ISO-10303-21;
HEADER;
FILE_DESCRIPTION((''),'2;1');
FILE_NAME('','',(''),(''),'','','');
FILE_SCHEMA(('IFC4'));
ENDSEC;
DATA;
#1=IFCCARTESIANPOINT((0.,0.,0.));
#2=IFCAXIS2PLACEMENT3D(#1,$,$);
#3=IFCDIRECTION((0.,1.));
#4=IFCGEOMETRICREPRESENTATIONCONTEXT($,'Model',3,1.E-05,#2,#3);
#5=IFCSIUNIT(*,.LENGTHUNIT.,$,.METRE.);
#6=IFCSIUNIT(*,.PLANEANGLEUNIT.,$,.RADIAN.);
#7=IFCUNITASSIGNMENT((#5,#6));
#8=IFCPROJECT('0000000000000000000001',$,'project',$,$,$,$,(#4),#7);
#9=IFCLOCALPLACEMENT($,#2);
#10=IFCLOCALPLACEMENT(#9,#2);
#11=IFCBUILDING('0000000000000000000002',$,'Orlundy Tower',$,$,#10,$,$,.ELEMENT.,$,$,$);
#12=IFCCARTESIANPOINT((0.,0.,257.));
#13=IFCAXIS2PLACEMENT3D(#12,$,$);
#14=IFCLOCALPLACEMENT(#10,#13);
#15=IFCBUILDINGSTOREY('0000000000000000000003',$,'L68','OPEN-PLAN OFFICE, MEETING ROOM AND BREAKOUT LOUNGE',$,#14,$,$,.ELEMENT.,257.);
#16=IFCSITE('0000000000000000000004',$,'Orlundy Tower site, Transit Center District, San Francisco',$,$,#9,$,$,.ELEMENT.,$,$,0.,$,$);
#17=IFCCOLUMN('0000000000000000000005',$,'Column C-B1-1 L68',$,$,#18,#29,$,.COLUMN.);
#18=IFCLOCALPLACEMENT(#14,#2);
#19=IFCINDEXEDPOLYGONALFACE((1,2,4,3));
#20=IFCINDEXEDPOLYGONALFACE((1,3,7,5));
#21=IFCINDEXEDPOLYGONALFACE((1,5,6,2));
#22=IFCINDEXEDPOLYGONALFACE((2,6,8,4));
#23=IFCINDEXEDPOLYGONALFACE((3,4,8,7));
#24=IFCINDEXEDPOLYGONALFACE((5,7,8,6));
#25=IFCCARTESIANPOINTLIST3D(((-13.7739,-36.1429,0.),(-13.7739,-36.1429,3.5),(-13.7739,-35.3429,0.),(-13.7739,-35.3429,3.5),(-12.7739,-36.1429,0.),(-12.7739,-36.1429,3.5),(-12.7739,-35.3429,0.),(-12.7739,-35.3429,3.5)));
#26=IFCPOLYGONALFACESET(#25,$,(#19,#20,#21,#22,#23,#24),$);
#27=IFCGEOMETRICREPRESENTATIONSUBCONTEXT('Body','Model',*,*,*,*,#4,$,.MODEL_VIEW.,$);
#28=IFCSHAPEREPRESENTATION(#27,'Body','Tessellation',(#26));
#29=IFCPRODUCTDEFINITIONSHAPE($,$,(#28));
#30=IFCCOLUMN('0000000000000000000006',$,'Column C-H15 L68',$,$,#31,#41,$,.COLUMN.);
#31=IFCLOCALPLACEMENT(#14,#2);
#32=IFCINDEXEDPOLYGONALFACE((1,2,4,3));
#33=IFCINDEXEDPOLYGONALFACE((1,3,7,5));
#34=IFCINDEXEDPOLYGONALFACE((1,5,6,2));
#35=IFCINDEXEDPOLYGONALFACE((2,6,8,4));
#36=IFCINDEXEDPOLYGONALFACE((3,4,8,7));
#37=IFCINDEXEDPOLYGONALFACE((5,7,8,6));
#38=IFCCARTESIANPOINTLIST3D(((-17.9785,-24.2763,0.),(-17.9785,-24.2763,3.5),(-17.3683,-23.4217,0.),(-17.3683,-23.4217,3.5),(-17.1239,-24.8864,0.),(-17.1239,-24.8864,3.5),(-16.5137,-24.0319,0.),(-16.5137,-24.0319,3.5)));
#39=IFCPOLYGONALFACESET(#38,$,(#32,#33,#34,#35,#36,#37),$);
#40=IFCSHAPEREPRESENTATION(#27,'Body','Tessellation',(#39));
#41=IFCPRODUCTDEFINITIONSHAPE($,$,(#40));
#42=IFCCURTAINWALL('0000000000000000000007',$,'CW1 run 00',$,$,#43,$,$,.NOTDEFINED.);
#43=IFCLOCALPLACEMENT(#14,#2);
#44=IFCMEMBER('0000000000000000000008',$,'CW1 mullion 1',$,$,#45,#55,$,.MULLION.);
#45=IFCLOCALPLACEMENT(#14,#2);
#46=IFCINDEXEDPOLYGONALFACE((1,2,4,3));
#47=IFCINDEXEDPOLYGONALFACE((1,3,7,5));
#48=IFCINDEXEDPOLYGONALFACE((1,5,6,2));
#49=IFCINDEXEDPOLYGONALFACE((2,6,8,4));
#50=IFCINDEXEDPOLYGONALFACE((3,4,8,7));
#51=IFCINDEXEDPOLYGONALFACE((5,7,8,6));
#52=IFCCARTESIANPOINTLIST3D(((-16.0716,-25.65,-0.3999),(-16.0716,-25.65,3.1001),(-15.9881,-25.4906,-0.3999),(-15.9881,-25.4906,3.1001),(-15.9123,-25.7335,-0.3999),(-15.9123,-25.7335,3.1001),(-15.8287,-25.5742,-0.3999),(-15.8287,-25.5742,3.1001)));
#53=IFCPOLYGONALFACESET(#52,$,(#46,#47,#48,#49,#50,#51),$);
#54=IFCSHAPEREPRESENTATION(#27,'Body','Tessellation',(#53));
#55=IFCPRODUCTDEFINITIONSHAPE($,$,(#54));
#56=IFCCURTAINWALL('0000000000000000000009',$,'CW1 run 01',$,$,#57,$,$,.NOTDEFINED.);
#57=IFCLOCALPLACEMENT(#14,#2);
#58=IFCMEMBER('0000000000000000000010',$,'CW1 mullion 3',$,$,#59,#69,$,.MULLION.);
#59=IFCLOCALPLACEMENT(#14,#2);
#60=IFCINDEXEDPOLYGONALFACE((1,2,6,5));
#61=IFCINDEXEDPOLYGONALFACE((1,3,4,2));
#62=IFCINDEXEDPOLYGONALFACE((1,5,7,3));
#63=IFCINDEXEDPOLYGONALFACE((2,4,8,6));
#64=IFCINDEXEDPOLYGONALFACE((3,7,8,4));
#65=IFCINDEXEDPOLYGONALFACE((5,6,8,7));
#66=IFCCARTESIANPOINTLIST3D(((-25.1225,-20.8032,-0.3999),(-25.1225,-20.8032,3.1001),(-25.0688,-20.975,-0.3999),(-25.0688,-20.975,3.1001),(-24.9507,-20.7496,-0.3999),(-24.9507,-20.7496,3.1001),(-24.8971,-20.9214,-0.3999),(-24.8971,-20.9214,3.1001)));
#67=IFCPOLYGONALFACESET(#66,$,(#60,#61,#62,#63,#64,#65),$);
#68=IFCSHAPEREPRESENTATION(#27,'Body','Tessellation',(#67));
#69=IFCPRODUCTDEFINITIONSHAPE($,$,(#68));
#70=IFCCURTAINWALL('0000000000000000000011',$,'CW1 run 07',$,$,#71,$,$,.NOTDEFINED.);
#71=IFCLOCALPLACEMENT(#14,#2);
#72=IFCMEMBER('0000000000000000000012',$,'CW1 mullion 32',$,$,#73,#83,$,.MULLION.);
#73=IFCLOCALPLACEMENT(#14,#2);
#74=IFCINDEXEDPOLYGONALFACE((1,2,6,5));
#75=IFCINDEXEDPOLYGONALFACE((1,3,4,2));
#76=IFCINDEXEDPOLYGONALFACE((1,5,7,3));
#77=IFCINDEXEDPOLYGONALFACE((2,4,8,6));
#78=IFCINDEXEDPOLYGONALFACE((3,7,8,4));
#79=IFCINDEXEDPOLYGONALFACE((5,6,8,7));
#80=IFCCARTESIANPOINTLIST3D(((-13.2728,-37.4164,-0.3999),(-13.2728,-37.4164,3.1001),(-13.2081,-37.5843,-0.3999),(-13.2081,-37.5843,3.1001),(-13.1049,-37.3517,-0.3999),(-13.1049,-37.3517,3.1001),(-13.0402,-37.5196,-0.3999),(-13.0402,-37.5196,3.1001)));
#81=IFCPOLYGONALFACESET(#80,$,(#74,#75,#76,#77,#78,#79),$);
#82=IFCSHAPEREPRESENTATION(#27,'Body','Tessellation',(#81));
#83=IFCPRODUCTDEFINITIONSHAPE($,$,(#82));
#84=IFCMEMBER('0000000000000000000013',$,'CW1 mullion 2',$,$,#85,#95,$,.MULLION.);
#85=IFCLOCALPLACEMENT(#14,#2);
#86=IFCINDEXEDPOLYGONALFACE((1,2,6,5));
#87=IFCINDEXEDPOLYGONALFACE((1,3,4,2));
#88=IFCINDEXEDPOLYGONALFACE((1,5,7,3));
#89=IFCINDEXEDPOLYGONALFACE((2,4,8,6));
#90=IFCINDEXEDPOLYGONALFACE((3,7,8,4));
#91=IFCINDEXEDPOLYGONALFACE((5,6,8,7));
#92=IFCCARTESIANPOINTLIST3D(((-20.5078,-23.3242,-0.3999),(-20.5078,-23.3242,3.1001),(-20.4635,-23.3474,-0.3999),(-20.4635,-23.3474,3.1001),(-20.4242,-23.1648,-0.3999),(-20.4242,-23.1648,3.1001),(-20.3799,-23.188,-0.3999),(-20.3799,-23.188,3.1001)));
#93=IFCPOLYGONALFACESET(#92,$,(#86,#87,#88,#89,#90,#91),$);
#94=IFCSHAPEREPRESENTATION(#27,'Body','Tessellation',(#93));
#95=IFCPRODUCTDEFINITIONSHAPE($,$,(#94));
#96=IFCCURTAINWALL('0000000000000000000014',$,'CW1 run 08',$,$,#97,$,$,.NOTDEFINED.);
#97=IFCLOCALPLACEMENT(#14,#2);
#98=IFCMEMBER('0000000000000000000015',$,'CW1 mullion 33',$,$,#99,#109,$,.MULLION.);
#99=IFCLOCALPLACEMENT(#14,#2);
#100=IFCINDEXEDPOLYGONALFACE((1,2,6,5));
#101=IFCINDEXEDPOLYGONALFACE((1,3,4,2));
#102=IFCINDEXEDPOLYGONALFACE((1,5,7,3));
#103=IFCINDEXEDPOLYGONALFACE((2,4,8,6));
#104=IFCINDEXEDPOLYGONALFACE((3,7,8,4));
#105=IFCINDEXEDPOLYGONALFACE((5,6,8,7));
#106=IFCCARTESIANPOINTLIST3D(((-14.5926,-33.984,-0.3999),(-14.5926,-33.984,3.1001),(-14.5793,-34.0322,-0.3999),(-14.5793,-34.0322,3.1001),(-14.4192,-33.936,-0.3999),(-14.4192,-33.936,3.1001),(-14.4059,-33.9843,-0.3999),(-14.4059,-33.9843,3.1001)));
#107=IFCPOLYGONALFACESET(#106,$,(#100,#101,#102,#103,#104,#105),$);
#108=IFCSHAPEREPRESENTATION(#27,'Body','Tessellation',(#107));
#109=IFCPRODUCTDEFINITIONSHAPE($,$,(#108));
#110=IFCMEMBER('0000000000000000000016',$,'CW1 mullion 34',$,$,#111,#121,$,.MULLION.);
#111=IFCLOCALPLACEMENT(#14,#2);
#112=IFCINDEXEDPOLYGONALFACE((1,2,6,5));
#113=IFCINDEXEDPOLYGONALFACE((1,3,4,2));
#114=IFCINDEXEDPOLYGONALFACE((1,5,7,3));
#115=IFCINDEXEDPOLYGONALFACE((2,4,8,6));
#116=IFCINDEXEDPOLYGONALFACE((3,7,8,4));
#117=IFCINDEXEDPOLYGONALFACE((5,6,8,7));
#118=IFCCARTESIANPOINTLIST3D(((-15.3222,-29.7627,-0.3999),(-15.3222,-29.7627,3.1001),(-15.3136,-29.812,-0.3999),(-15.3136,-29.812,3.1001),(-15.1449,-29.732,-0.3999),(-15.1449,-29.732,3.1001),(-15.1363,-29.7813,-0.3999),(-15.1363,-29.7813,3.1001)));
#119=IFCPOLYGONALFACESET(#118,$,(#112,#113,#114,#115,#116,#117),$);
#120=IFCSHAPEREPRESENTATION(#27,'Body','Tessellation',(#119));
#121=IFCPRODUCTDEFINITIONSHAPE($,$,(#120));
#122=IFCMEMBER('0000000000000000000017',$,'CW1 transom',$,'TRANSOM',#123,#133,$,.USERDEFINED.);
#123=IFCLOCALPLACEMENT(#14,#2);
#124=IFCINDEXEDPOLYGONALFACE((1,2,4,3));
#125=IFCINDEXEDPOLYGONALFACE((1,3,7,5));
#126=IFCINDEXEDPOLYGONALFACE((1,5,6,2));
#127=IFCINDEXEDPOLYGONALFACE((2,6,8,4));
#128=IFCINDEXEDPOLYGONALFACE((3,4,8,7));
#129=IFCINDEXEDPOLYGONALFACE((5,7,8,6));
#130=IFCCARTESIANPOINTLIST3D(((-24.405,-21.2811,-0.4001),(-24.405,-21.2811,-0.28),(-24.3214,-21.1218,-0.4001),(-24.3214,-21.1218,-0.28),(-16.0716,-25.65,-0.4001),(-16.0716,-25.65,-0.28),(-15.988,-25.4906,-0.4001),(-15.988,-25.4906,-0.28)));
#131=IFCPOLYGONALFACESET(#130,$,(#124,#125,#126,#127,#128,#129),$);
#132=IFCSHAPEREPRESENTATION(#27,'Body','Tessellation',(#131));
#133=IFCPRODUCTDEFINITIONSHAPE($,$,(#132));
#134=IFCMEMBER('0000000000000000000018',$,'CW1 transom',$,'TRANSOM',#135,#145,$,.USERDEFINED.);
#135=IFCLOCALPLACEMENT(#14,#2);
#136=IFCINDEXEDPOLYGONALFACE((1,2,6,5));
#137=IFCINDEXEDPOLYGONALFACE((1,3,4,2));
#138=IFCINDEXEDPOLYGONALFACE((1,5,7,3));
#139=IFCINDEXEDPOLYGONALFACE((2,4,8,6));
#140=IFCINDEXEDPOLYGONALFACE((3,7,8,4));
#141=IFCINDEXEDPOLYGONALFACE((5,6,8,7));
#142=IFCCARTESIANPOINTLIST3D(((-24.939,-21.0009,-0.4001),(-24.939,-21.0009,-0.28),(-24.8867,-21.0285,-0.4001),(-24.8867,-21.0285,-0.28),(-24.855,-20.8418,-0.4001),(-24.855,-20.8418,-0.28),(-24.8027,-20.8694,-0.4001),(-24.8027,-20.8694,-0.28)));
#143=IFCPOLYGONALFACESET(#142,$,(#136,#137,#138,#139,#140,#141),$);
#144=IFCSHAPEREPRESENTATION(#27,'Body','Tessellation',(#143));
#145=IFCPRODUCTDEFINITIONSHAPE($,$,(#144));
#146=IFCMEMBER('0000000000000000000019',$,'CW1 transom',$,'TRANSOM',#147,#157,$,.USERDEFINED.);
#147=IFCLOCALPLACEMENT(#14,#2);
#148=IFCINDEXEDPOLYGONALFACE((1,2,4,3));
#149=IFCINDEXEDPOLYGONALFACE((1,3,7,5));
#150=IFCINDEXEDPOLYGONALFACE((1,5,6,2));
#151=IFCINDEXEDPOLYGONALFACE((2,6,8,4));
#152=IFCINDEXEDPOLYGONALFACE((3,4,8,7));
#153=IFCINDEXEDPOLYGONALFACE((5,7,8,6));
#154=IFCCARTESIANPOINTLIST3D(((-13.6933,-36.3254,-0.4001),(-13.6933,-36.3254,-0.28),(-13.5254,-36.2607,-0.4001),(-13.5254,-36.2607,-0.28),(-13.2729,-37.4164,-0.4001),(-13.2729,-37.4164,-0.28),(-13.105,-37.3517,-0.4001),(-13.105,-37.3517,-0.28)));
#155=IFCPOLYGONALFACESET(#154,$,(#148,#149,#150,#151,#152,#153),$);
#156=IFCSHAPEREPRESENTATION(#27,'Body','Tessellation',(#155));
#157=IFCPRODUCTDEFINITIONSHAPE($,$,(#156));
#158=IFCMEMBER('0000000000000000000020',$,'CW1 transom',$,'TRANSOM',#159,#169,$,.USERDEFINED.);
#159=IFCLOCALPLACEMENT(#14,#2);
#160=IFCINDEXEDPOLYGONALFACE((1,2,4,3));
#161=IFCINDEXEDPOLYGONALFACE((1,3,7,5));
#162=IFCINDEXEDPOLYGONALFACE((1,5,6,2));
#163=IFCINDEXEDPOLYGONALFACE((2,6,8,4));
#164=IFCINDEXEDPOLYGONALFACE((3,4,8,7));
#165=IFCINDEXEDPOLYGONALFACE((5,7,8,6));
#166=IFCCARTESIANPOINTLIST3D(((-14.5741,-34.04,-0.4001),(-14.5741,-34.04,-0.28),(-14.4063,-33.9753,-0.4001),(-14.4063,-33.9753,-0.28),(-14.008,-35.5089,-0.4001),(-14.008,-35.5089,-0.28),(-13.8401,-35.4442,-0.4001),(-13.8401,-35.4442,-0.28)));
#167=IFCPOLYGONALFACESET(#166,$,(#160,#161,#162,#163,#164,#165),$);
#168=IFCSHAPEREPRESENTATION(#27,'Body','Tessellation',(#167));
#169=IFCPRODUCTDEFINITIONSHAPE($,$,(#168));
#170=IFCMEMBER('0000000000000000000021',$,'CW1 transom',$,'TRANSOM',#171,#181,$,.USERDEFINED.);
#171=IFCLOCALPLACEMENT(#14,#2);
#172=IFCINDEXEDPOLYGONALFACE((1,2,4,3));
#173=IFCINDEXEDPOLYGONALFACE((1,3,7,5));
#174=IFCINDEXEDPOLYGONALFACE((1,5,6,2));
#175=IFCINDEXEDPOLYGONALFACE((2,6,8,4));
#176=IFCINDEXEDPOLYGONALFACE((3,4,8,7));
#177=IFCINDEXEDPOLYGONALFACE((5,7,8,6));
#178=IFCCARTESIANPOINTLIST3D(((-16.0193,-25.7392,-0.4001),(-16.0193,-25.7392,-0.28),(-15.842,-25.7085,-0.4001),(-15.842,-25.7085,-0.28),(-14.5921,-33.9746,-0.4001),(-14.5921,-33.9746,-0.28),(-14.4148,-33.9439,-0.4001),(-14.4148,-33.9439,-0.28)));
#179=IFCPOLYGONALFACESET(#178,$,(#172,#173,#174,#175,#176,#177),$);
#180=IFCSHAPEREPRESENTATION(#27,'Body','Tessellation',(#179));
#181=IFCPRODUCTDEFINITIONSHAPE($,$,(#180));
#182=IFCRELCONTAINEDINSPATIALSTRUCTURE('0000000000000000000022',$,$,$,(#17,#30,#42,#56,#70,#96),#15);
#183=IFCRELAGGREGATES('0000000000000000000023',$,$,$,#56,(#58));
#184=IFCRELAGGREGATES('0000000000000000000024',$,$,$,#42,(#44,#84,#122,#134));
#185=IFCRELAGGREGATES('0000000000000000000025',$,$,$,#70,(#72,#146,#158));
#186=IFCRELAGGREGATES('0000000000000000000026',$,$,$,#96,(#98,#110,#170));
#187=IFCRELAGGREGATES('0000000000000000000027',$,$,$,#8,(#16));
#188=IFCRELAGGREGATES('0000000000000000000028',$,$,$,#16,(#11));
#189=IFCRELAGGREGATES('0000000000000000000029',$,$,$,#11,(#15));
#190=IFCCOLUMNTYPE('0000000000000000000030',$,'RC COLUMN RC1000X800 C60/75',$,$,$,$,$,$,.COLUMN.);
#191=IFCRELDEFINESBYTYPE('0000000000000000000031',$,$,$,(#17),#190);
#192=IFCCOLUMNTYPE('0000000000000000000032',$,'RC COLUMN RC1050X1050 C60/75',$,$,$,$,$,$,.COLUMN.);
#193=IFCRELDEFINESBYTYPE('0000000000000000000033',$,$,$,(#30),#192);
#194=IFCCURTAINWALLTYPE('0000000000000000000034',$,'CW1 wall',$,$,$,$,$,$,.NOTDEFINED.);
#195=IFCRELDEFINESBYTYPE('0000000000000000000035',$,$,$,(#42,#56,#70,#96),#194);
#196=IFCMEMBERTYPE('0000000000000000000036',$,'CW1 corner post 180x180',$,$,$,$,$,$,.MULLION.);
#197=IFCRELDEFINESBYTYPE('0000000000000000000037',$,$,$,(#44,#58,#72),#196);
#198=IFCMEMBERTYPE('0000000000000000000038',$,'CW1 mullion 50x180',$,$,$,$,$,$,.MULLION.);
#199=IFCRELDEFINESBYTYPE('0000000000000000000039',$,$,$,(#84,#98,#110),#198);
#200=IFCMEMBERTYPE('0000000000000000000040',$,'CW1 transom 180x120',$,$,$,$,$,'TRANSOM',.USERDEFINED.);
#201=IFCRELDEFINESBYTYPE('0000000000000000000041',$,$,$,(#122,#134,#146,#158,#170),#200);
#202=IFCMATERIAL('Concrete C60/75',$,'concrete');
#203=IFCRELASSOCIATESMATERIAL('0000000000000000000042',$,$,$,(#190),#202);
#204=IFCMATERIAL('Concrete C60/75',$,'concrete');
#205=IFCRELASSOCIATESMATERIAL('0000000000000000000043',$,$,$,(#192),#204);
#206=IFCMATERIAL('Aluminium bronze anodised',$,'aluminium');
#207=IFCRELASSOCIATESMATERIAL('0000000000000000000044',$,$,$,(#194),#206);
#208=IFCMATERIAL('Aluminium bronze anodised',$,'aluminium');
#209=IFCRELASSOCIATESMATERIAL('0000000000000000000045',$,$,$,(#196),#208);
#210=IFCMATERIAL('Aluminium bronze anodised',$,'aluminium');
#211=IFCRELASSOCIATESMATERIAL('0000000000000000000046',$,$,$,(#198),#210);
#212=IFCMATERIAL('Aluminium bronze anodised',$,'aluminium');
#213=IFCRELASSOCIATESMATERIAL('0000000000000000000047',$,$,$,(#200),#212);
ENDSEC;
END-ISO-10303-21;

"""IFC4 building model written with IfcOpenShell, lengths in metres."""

from ifc_helpers import new_model, si_unit, direction, frame, origin, origin_2d, place, context, subcontext, project, spatial, rectangle, extrude, material, material_profile, profile_set, type_object, element, aggregate, save


model = new_model("IFC4")

# Units and contexts
model_context = context("Model", 3, precision=1e-05, world=origin(), true_north=direction((0.0, 1.0)))
body_context = subcontext(model_context, "Body", "Model", "MODEL_VIEW")
ifc_project = project(units=[si_unit("LENGTHUNIT", "METRE"), si_unit("PLANEANGLEUNIT", "RADIAN")], contexts=[model_context])

# Site, building, storey
site_placement = place(None, origin())
site = spatial("IfcSite", under=ifc_project, at=site_placement, Name="Orlundy Tower site, Transit Center District, San Francisco", CompositionType="ELEMENT", RefElevation=0.0)
building_placement = place(site_placement, origin())
building = spatial("IfcBuilding", under=site, at=building_placement, Name="Orlundy Tower", CompositionType="ELEMENT")
storey_placement = place(building_placement, frame((0.0, 0.0, 257.0)))
storey = spatial("IfcBuildingStorey", under=building, at=storey_placement, Name="L68", Description="OPEN-PLAN OFFICE, MEETING ROOM AND BREAKOUT LOUNGE", CompositionType="ELEMENT", Elevation=257.0)

# Columns
ifc_material_1 = material(Name="Concrete C60/75", Category="concrete")
ifc_material_profile_1 = material_profile(ifc_material_1, rectangle(XDim=1.0, YDim=0.8, at=origin_2d()), Name="RC1000X800")
ifc_profile_set_1 = profile_set([ifc_material_profile_1], Name="Concrete C60/75")
column_type_1 = type_object("IfcColumnType", Name="RC COLUMN RC1000X800 C60/75", PredefinedType="COLUMN", material=ifc_profile_set_1)
column_1_placement = place(storey_placement, frame((-13.2739, -35.7429, 0.0), z_axis=(0.0, 0.0, 1.0), x_axis=(1.0, 0.0, 0.0)))
element("IfcColumn", 1, at=column_1_placement, inside=storey, type_object=column_type_1, Name="Column C-B1-1 L68", PredefinedType="COLUMN", context=body_context, shape_type="SweptSolid", body=[
    extrude(rectangle(XDim=1.0, YDim=0.8, at=origin_2d()), origin(), (0.0, 0.0, 1.0), 3.5),
])
ifc_material_2 = material(Name="Concrete C60/75", Category="concrete")
ifc_material_profile_2 = material_profile(ifc_material_2, rectangle(XDim=1.05, YDim=1.05, at=origin_2d()), Name="RC1050X1050")
ifc_profile_set_2 = profile_set([ifc_material_profile_2], Name="Concrete C60/75")
column_type_2 = type_object("IfcColumnType", Name="RC COLUMN RC1050X1050 C60/75", PredefinedType="COLUMN", material=ifc_profile_set_2)
column_2_placement = place(storey_placement, frame((-17.2461, -24.1541, 0.0), z_axis=(0.0, 0.0, 1.0), x_axis=(-0.581087, -0.813842, 0.0)))
element("IfcColumn", 2, at=column_2_placement, inside=storey, type_object=column_type_2, Name="Column C-H15 L68", PredefinedType="COLUMN", context=body_context, shape_type="SweptSolid", body=[
    extrude(rectangle(XDim=1.05, YDim=1.05, at=origin_2d()), origin(), (0.0, 0.0, 1.0), 3.5),
])

# Curtain walls, members
ifc_material_3 = material(Name="Aluminium bronze anodised", Category="aluminium")
curtain_wall_type = type_object("IfcCurtainWallType", Name="CW1 wall", PredefinedType="NOTDEFINED", material=ifc_material_3)
curtain_wall_1_placement = place(storey_placement, origin())
curtain_wall_1 = element("IfcCurtainWall", 3, at=curtain_wall_1_placement, inside=storey, type_object=curtain_wall_type, Name="CW1 run 00", PredefinedType="NOTDEFINED")
ifc_material_4 = material(Name="Aluminium bronze anodised", Category="aluminium")
ifc_material_profile_3 = material_profile(ifc_material_4, rectangle(XDim=0.1799, YDim=0.1799, at=origin_2d()), Name="CW1 corner post 180x180")
ifc_profile_set_3 = profile_set([ifc_material_profile_3], Name="Aluminium bronze anodised")
member_type_1 = type_object("IfcMemberType", Name="CW1 corner post 180x180", PredefinedType="MULLION", material=ifc_profile_set_3)
member_1_placement = place(storey_placement, frame((-15.9502, -25.6121, -0.3999), z_axis=(0.0, 0.0, 1.0), x_axis=(-0.464325, -0.885665, 0.0)))
member_1 = element("IfcMember", 4, at=member_1_placement, type_object=member_type_1, Name="CW1 mullion 1", PredefinedType="MULLION", context=body_context, shape_type="SweptSolid", body=[
    extrude(rectangle(XDim=0.1799, YDim=0.1799, at=origin_2d()), origin(), (0.0, 0.0, 1.0), 3.5),
])
curtain_wall_2_placement = place(storey_placement, origin())
curtain_wall_2 = element("IfcCurtainWall", 5, at=curtain_wall_2_placement, inside=storey, type_object=curtain_wall_type, Name="CW1 run 01", PredefinedType="NOTDEFINED")
member_2_placement = place(storey_placement, frame((-25.0098, -20.8623, -0.3999), z_axis=(0.0, 0.0, 1.0), x_axis=(-0.95458, -0.297954, 0.0)))
member_2 = element("IfcMember", 6, at=member_2_placement, type_object=member_type_1, Name="CW1 mullion 3", PredefinedType="MULLION", context=body_context, shape_type="SweptSolid", body=[
    extrude(rectangle(XDim=0.1799, YDim=0.1799, at=origin_2d()), origin(), (0.0, 0.0, 1.0), 3.5),
])
aggregate(curtain_wall_2, [member_2])
curtain_wall_3_placement = place(storey_placement, origin())
curtain_wall_3 = element("IfcCurtainWall", 7, at=curtain_wall_3_placement, inside=storey, type_object=curtain_wall_type, Name="CW1 run 07", PredefinedType="NOTDEFINED")
member_3_placement = place(storey_placement, frame((-13.1565, -37.468, -0.3999), z_axis=(0.0, 0.0, 1.0), x_axis=(-0.933109, -0.359594, 0.0)))
member_3 = element("IfcMember", 8, at=member_3_placement, type_object=member_type_1, Name="CW1 mullion 32", PredefinedType="MULLION", context=body_context, shape_type="SweptSolid", body=[
    extrude(rectangle(XDim=0.1799, YDim=0.1799, at=origin_2d()), origin(), (0.0, 0.0, 1.0), 3.5),
])

# Member
ifc_material_5 = material(Name="Aluminium bronze anodised", Category="aluminium")
ifc_material_profile_4 = material_profile(ifc_material_5, rectangle(XDim=0.1799, YDim=0.05, at=origin_2d()), Name="CW1 mullion 50x180")
ifc_profile_set_4 = profile_set([ifc_material_profile_4], Name="Aluminium bronze anodised")
member_type_2 = type_object("IfcMemberType", Name="CW1 mullion 50x180", PredefinedType="MULLION", material=ifc_profile_set_4)
member_4_placement = place(storey_placement, frame((-20.4438, -23.2561, -0.3999), z_axis=(0.0, 0.0, 1.0), x_axis=(-0.464325, -0.885665, 0.0)))
member_4 = element("IfcMember", 9, at=member_4_placement, type_object=member_type_2, Name="CW1 mullion 2", PredefinedType="MULLION", context=body_context, shape_type="SweptSolid", body=[
    extrude(rectangle(XDim=0.1799, YDim=0.05, at=origin_2d()), origin(), (0.0, 0.0, 1.0), 3.5),
])

# Curtain wall, members
curtain_wall_4_placement = place(storey_placement, origin())
curtain_wall_4 = element("IfcCurtainWall", 10, at=curtain_wall_4_placement, inside=storey, type_object=curtain_wall_type, Name="CW1 run 08", PredefinedType="NOTDEFINED")
member_5_placement = place(storey_placement, frame((-14.4993, -33.9841, -0.3999), z_axis=(0.0, 0.0, 1.0), x_axis=(-0.963846, -0.26646, 0.0)))
member_5 = element("IfcMember", 11, at=member_5_placement, type_object=member_type_2, Name="CW1 mullion 33", PredefinedType="MULLION", context=body_context, shape_type="SweptSolid", body=[
    extrude(rectangle(XDim=0.1799, YDim=0.05, at=origin_2d()), origin(), (0.0, 0.0, 1.0), 3.5),
])
member_6_placement = place(storey_placement, frame((-15.2292, -29.772, -0.3999), z_axis=(0.0, 0.0, 1.0), x_axis=(-0.985312, -0.170762, 0.0)))
member_6 = element("IfcMember", 12, at=member_6_placement, type_object=member_type_2, Name="CW1 mullion 34", PredefinedType="MULLION", context=body_context, shape_type="SweptSolid", body=[
    extrude(rectangle(XDim=0.1799, YDim=0.05, at=origin_2d()), origin(), (0.0, 0.0, 1.0), 3.5),
])

# Members
ifc_material_6 = material(Name="Aluminium bronze anodised", Category="aluminium")
ifc_material_profile_5 = material_profile(ifc_material_6, rectangle(XDim=0.1799, YDim=0.1201, at=origin_2d()), Name="CW1 transom 180x120")
ifc_profile_set_5 = profile_set([ifc_material_profile_5], Name="Aluminium bronze anodised")
member_type_3 = type_object("IfcMemberType", Name="CW1 transom 180x120", ElementType="TRANSOM", PredefinedType="USERDEFINED", material=ifc_profile_set_5)
member_7_placement = place(storey_placement, frame((-16.0298, -25.5703, -0.3401), z_axis=(-0.885668, 0.464318, 0.0), x_axis=(-0.464318, -0.885668, 0.0)))
member_7 = element("IfcMember", 13, at=member_7_placement, type_object=member_type_3, Name="CW1 transom", ObjectType="TRANSOM", PredefinedType="USERDEFINED", context=body_context, shape_type="SweptSolid", body=[
    extrude(rectangle(XDim=0.1799, YDim=0.1201, at=origin_2d()), origin(), (0.0, 0.0, 1.0), 9.4092),
])
member_8_placement = place(storey_placement, frame((-24.8447, -20.949, -0.3401), z_axis=(-0.88429, 0.466938, 0.0), x_axis=(-0.466938, -0.88429, 0.0)))
member_8 = element("IfcMember", 14, at=member_8_placement, type_object=member_type_3, Name="CW1 transom", ObjectType="TRANSOM", PredefinedType="USERDEFINED", context=body_context, shape_type="SweptSolid", body=[
    extrude(rectangle(XDim=0.1799, YDim=0.1201, at=origin_2d()), origin(), (0.0, 0.0, 1.0), 0.0591),
])
member_9_placement = place(storey_placement, frame((-13.189, -37.384, -0.3401), z_axis=(-0.359553, 0.933125, 0.0), x_axis=(-0.933125, -0.359553, 0.0)))
member_9 = element("IfcMember", 15, at=member_9_placement, type_object=member_type_3, Name="CW1 transom", ObjectType="TRANSOM", PredefinedType="USERDEFINED", context=body_context, shape_type="SweptSolid", body=[
    extrude(rectangle(XDim=0.1799, YDim=0.1201, at=origin_2d()), origin(), (0.0, 0.0, 1.0), 1.1692),
])
member_10_placement = place(storey_placement, frame((-13.9241, -35.4766, -0.3401), z_axis=(-0.359623, 0.933098, 0.0), x_axis=(-0.933098, -0.359623, 0.0)))
member_10 = element("IfcMember", 16, at=member_10_placement, type_object=member_type_3, Name="CW1 transom", ObjectType="TRANSOM", PredefinedType="USERDEFINED", context=body_context, shape_type="SweptSolid", body=[
    extrude(rectangle(XDim=0.1799, YDim=0.1201, at=origin_2d()), origin(), (0.0, 0.0, 1.0), 1.5742),
])
member_11_placement = place(storey_placement, frame((-14.5034, -33.9592, -0.3401), z_axis=(-0.170762, 0.985312, 0.0), x_axis=(-0.985312, -0.170762, 0.0)))
member_11 = element("IfcMember", 17, at=member_11_placement, type_object=member_type_3, Name="CW1 transom", ObjectType="TRANSOM", PredefinedType="USERDEFINED", context=body_context, shape_type="SweptSolid", body=[
    extrude(rectangle(XDim=0.1799, YDim=0.1201, at=origin_2d()), origin(), (0.0, 0.0, 1.0), 8.3582),
])

aggregate(curtain_wall_1, [member_1, member_4, member_7, member_8])

aggregate(curtain_wall_3, [member_3, member_9, member_10])
aggregate(curtain_wall_4, [member_5, member_6, member_11])

save(model, "model.ifc")
